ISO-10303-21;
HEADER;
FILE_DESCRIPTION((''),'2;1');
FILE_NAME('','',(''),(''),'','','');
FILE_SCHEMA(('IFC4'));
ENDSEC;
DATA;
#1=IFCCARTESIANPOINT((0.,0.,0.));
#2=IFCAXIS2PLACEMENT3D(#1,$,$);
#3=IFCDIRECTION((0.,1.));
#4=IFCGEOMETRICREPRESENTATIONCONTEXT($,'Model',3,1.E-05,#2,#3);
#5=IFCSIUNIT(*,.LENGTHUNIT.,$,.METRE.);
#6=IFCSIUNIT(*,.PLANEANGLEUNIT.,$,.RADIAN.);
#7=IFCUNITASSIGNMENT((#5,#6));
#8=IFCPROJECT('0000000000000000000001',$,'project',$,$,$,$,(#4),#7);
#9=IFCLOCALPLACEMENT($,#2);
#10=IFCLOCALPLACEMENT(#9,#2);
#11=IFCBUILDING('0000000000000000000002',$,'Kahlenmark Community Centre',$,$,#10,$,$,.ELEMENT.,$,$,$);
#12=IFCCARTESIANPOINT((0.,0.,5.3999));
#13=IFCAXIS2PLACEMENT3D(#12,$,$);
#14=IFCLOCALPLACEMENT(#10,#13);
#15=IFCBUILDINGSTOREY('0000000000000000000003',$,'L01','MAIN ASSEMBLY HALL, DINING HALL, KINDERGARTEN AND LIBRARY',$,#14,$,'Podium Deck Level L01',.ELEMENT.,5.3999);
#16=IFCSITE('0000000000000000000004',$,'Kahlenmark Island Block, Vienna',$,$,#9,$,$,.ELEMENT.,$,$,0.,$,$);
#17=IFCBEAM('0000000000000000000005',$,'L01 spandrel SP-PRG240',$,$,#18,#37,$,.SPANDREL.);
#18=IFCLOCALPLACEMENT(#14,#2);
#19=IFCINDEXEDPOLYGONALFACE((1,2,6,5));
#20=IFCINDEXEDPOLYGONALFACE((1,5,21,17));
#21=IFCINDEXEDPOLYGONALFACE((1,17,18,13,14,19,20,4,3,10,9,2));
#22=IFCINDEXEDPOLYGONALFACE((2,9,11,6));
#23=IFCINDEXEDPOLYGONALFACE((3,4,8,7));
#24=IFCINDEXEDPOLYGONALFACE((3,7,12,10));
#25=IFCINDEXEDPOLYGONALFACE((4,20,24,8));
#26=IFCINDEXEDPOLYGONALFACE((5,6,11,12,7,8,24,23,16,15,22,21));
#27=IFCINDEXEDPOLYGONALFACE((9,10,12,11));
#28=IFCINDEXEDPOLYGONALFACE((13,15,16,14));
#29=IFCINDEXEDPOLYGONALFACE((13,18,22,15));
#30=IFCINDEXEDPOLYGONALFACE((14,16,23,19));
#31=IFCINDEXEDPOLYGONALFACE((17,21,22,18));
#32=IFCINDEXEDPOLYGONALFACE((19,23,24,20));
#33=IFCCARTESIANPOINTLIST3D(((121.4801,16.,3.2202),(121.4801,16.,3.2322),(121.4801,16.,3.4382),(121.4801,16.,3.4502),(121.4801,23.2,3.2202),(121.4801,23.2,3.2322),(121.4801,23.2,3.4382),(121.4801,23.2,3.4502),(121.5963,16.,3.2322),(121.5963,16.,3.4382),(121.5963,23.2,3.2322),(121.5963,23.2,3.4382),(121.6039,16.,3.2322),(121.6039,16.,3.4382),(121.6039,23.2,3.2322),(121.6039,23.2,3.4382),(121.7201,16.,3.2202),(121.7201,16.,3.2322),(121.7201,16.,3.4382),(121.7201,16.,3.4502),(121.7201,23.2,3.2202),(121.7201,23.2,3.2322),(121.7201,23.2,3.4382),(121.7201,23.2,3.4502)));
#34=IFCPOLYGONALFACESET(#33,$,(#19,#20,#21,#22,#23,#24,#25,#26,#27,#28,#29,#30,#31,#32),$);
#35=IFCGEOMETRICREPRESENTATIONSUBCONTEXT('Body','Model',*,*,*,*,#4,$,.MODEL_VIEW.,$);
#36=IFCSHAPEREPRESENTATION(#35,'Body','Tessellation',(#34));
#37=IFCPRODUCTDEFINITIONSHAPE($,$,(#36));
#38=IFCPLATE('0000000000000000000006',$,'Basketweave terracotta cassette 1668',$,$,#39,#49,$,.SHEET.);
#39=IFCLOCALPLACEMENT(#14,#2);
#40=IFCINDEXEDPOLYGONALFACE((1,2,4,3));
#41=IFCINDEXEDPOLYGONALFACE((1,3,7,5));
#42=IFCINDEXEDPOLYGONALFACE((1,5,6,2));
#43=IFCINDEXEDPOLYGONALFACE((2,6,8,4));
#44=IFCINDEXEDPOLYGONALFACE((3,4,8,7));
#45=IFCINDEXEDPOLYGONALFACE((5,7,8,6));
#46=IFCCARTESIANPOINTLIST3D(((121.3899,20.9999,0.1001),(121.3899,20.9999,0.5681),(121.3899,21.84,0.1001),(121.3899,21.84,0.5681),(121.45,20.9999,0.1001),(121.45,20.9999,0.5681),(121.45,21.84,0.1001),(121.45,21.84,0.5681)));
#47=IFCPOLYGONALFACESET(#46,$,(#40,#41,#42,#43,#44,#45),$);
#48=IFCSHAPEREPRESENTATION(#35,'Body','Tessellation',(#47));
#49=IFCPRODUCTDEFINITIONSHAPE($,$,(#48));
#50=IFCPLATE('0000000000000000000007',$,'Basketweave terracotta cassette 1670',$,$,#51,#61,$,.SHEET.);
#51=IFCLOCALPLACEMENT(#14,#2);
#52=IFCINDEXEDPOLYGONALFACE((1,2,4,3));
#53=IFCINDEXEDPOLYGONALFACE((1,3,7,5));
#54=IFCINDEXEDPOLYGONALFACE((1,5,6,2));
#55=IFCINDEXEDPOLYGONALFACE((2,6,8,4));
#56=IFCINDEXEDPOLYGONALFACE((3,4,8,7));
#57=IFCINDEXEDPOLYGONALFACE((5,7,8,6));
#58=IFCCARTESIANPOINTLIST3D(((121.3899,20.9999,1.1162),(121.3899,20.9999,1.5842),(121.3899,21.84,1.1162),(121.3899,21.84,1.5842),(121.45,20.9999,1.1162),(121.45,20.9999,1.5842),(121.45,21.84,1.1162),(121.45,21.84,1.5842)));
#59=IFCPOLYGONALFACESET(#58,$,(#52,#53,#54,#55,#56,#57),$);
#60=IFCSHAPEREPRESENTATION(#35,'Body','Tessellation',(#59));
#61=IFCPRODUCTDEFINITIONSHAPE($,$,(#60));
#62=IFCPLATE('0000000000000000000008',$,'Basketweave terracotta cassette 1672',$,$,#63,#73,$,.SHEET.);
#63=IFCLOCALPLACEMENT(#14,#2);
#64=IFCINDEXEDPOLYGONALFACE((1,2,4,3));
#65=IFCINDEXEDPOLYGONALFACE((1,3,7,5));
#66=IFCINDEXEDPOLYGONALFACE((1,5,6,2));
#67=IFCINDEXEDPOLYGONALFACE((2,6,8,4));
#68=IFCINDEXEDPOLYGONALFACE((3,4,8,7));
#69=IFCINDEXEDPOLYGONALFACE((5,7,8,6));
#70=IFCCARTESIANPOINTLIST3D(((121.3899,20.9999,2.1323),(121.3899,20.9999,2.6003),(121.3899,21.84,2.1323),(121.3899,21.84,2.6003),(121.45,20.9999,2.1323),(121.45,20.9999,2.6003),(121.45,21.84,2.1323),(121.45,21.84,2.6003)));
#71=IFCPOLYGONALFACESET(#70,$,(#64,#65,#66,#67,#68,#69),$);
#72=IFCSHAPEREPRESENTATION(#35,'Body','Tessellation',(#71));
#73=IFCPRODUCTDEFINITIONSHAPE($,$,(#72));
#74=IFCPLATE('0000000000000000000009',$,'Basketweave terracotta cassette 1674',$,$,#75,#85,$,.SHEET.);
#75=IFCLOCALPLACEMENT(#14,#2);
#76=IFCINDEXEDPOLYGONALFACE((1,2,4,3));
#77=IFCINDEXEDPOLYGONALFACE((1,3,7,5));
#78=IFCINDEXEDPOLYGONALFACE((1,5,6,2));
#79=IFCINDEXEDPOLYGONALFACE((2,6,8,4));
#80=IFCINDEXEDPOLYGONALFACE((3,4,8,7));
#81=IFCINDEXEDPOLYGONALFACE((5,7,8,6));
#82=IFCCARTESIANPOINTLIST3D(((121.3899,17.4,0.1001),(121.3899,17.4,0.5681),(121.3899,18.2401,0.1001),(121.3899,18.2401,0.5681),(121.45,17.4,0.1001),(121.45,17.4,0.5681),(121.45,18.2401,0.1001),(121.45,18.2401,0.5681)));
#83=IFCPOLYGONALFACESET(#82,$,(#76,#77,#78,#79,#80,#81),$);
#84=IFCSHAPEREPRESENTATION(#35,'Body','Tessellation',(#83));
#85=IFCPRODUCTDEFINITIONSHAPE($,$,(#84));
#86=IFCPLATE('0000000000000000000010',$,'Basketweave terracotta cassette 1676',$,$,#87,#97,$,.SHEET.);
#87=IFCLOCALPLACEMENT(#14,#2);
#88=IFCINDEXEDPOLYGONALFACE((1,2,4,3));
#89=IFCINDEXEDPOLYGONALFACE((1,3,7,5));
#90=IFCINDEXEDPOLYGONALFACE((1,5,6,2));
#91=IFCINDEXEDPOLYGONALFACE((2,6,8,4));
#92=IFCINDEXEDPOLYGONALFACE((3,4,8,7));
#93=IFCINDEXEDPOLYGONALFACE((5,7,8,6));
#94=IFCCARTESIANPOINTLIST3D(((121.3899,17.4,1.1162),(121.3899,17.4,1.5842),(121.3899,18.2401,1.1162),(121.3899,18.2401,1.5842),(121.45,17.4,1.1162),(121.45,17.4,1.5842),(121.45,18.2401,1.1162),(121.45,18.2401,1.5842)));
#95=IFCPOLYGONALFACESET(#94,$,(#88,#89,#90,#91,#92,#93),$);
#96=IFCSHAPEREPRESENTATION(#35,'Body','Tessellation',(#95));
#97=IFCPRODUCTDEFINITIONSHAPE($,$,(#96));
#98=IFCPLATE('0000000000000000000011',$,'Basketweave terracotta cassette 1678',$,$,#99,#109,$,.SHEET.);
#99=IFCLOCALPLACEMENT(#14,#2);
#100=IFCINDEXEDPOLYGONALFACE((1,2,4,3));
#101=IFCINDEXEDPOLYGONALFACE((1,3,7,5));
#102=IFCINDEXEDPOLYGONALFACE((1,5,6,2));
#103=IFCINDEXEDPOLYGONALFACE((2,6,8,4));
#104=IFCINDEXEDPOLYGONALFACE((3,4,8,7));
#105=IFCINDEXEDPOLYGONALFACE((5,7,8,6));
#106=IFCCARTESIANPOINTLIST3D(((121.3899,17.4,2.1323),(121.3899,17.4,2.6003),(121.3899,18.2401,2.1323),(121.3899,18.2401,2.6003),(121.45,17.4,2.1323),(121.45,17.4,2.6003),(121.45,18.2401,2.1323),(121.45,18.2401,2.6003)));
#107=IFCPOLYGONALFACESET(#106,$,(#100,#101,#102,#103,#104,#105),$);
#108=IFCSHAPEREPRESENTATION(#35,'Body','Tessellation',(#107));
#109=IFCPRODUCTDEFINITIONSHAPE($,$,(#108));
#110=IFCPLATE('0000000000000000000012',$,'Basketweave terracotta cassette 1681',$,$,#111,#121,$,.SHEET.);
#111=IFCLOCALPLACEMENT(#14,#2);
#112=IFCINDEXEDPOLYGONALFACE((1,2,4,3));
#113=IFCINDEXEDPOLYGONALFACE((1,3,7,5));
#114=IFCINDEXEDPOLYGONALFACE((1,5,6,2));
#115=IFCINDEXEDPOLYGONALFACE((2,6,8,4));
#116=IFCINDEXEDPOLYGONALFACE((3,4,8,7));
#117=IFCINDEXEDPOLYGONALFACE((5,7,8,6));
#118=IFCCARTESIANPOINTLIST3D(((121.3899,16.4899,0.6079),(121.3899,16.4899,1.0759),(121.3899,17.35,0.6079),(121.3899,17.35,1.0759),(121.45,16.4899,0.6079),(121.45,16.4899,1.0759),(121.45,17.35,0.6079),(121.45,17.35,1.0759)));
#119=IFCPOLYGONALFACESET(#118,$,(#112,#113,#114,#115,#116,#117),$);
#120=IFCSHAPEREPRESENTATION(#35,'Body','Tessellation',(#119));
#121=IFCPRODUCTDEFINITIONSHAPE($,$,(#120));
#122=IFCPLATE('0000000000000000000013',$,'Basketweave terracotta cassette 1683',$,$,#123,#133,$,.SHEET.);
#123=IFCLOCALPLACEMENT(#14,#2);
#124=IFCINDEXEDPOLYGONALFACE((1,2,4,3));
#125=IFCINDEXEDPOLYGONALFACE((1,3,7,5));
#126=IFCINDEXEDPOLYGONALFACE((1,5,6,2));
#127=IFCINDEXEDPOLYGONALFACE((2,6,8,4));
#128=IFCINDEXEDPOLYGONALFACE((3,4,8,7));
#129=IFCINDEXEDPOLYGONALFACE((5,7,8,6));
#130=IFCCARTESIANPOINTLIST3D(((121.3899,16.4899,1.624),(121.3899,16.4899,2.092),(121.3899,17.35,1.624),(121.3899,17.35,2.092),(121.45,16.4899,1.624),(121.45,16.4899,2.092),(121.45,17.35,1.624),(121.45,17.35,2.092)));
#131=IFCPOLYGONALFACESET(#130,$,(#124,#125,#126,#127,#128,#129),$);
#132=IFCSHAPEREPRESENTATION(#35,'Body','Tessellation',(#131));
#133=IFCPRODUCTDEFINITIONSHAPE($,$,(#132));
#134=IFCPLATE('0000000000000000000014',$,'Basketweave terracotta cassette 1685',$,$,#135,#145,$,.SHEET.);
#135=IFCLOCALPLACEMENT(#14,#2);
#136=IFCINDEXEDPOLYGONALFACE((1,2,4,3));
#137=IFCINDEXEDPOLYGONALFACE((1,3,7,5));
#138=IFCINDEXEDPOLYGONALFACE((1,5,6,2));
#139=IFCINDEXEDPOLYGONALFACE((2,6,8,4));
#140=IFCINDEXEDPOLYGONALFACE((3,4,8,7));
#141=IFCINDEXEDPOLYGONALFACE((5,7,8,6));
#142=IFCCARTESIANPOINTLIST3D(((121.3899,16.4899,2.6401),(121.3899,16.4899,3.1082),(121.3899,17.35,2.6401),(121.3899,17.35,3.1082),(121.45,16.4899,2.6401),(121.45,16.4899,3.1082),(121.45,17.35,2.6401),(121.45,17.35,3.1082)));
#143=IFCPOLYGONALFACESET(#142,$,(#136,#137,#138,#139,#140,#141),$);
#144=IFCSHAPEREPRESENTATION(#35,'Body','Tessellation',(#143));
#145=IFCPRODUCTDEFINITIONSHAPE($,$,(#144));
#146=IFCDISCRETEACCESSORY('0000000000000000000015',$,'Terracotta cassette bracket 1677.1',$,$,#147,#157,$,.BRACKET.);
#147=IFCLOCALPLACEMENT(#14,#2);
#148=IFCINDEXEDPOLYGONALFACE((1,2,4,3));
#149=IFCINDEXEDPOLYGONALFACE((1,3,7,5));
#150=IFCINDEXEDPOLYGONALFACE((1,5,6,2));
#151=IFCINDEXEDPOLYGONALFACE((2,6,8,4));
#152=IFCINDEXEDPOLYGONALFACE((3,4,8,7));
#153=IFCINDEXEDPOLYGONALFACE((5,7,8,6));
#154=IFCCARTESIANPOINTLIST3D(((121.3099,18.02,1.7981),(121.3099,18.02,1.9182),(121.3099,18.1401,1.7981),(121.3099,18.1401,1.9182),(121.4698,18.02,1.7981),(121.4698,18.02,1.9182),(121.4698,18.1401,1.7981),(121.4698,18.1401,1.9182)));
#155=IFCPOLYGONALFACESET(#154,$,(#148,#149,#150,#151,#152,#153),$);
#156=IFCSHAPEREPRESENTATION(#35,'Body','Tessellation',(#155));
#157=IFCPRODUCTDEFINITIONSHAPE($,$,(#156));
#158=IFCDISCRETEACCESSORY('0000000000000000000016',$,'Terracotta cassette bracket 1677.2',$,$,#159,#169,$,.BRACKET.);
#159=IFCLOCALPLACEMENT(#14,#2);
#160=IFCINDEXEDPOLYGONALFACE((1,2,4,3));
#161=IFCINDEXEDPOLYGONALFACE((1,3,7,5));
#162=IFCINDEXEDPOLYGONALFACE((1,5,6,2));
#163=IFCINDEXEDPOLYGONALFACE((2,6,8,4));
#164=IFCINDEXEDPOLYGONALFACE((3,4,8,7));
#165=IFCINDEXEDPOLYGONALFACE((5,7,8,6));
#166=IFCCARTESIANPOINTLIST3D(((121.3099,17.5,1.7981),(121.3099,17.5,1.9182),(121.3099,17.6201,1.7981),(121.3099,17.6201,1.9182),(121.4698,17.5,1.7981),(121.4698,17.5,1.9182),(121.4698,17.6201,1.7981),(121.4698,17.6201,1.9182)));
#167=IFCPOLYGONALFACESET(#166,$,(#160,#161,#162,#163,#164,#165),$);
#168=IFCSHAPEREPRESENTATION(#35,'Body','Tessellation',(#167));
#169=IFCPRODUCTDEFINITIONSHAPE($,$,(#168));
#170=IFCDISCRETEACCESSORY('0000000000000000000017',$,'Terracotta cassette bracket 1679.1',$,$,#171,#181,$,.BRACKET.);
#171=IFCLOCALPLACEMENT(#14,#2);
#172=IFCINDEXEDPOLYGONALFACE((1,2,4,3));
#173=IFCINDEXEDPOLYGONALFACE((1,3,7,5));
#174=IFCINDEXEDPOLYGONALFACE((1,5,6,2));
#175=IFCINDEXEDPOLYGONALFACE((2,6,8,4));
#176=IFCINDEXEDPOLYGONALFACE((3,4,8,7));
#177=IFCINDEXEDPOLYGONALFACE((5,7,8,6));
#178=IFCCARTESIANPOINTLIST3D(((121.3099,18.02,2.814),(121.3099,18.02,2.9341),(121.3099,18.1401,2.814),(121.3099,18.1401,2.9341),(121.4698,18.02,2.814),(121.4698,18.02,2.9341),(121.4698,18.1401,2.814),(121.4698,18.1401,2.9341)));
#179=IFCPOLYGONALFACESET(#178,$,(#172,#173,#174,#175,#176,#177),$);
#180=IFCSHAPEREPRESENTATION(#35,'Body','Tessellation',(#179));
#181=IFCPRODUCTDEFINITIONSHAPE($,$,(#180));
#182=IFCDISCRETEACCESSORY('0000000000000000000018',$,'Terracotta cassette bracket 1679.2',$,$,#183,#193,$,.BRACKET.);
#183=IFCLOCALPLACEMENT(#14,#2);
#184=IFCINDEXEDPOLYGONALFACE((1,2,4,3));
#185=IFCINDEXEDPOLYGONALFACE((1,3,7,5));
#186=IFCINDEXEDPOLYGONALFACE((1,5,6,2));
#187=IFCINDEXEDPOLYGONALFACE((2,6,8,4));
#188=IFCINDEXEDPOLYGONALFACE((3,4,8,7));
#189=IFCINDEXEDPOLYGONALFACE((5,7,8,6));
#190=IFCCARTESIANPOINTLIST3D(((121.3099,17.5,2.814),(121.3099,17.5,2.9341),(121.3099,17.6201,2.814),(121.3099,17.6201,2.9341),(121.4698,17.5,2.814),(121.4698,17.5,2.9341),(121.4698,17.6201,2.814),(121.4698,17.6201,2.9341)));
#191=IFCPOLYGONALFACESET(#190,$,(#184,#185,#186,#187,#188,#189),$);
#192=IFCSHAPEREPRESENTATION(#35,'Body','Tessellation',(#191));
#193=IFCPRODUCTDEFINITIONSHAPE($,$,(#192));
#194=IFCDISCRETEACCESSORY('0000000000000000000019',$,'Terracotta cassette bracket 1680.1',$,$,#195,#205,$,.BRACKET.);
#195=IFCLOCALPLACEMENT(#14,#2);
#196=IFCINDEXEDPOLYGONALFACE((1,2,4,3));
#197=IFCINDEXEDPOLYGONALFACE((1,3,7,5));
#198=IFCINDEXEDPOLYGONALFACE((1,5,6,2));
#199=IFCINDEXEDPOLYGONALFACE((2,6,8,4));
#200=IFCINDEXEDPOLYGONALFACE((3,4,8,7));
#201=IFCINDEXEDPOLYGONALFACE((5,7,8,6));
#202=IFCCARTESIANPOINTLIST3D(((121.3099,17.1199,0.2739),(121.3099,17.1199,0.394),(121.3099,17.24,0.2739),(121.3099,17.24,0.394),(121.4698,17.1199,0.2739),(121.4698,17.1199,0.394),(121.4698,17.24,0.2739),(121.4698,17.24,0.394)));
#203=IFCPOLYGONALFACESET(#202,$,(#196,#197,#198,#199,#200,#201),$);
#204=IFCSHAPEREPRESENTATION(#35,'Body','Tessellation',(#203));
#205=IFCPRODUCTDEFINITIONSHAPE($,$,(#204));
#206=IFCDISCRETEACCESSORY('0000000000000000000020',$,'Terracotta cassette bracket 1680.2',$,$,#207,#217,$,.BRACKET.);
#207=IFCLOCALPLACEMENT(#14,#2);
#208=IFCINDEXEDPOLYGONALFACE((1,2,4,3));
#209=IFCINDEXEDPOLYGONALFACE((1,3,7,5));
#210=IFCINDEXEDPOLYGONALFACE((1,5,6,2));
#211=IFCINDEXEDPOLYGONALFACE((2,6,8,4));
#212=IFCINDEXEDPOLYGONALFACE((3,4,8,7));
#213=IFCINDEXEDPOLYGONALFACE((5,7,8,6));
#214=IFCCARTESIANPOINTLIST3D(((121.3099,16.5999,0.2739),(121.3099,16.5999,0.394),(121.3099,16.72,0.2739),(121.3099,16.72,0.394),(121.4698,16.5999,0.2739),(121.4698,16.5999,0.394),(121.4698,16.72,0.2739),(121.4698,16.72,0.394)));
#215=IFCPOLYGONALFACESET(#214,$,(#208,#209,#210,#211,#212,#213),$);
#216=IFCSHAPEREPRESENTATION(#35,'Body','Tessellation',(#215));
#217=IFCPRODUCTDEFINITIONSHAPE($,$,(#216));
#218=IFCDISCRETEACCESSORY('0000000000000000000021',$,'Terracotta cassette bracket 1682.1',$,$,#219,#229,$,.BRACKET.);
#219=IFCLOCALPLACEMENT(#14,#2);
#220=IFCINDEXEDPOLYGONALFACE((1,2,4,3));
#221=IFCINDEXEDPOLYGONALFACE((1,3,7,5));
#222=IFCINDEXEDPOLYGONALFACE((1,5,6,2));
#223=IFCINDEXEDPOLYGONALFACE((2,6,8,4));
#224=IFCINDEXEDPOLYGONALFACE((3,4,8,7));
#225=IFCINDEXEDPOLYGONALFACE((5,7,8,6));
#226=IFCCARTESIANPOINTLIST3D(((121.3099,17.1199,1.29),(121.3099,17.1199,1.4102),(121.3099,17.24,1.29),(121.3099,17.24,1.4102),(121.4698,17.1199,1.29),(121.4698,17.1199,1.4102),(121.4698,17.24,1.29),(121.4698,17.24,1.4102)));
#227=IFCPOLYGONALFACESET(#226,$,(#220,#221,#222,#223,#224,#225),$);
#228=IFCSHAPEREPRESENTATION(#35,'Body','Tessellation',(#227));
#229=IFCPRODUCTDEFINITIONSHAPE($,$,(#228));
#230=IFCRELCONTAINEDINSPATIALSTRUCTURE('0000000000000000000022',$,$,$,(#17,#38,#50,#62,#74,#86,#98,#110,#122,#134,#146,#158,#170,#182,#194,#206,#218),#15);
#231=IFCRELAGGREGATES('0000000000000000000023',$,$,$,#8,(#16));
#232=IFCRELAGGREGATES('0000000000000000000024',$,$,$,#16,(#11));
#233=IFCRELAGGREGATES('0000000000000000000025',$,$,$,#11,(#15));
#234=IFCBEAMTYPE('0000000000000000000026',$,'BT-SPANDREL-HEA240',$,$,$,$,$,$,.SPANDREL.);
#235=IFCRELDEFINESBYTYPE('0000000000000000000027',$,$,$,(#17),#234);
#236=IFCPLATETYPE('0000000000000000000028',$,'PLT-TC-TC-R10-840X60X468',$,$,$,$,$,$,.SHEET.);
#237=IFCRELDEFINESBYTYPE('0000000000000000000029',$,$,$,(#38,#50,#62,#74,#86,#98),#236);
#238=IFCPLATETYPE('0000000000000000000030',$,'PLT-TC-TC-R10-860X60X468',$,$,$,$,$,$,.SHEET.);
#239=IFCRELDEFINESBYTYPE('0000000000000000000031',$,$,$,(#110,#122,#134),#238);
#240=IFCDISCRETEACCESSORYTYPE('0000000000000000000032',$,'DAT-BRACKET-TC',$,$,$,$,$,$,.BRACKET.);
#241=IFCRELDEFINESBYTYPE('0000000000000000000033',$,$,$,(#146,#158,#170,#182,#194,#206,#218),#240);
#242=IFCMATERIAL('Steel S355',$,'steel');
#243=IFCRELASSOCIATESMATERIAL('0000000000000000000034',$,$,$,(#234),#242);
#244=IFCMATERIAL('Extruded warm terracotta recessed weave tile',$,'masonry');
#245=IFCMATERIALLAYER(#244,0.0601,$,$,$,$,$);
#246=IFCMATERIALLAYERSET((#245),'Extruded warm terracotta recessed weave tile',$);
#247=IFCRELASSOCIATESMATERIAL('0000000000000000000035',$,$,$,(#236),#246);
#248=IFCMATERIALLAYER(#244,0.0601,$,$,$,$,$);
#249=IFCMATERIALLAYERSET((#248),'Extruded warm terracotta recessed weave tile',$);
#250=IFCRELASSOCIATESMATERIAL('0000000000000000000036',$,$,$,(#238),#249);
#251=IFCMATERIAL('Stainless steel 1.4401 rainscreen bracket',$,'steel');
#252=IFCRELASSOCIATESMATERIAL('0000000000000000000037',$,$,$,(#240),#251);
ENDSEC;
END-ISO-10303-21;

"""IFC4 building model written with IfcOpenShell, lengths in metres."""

from ifc_helpers import new_model, si_unit, direction, frame, origin, origin_2d, place, context, subcontext, project, spatial, rectangle, i_section, extrude, material, layer, layer_set, material_profile, profile_set, type_object, element, save


model = new_model("IFC4")

# Units and contexts
model_context = context("Model", 3, precision=1e-05, world=origin(), true_north=direction((0.0, 1.0)))
body_context = subcontext(model_context, "Body", "Model", "MODEL_VIEW")
ifc_project = project(units=[si_unit("LENGTHUNIT", "METRE"), si_unit("PLANEANGLEUNIT", "RADIAN")], contexts=[model_context])

# Site, building, storey
site_placement = place(None, origin())
site = spatial("IfcSite", under=ifc_project, at=site_placement, Name="Kahlenmark Island Block, Vienna", CompositionType="ELEMENT", RefElevation=0.0)
building_placement = place(site_placement, origin())
building = spatial("IfcBuilding", under=site, at=building_placement, Name="Kahlenmark Community Centre", CompositionType="ELEMENT")
storey_placement = place(building_placement, frame((0.0, 0.0, 5.3999)))
storey = spatial("IfcBuildingStorey", under=building, at=storey_placement, Name="L01", Description="MAIN ASSEMBLY HALL, DINING HALL, KINDERGARTEN AND LIBRARY", LongName="Podium Deck Level L01", CompositionType="ELEMENT", Elevation=5.3999)

# Beam
ifc_material_1 = material(Name="Steel S355", Category="steel")
ifc_material_profile = material_profile(ifc_material_1, i_section(OverallWidth=0.24, OverallDepth=0.23, WebThickness=0.0076, FlangeThickness=0.012, at=origin_2d()), Name="HEA 240")
ifc_profile_set = profile_set([ifc_material_profile], Name="Steel S355")
beam_type = type_object("IfcBeamType", Name="BT-SPANDREL-HEA240", PredefinedType="SPANDREL", material=ifc_profile_set)
beam_placement = place(storey_placement, frame((121.6001, 16.0, 3.3352), z_axis=(0.0, 1.0, 0.0), x_axis=(-1.0, 0.0, 0.0)))
element("IfcBeam", 1, at=beam_placement, inside=storey, type_object=beam_type, Name="L01 spandrel SP-PRG240", PredefinedType="SPANDREL", context=body_context, shape_type="SweptSolid", body=[
    extrude(i_section(OverallWidth=0.24, OverallDepth=0.23, WebThickness=0.0076, FlangeThickness=0.012, at=origin_2d()), origin(), (0.0, 0.0, 1.0), 7.2),
])

# Plates
ifc_material_2 = material(Name="Extruded warm terracotta recessed weave tile", Category="masonry")
ifc_layer_1 = layer(ifc_material_2, 0.0601)
ifc_layer_set_1 = layer_set([ifc_layer_1], Name="Extruded warm terracotta recessed weave tile")
plate_type_1 = type_object("IfcPlateType", Name="PLT-TC-TC-R10-840X60X468", PredefinedType="SHEET", material=ifc_layer_set_1)
for number, where, z_axis, x_axis, name in (
    (2, (121.4199, 21.4199, 0.1001), (0.0, 0.0, 1.0), (0.0, -1.0, 0.0), "Basketweave terracotta cassette 1668"),
    (3, (121.4199, 21.4199, 1.1162), (0.0, 0.0, 1.0), (0.0, -1.0, 0.0), "Basketweave terracotta cassette 1670"),
    (4, (121.4199, 21.4199, 2.1323), (0.0, 0.0, 1.0), (0.0, -1.0, 0.0), "Basketweave terracotta cassette 1672"),
    (5, (121.4199, 17.8201, 0.1001), (0.0, 0.0, 1.0), (0.0, -1.0, 0.0), "Basketweave terracotta cassette 1674"),
    (6, (121.4199, 17.8201, 1.1162), (0.0, 0.0, 1.0), (0.0, -1.0, 0.0), "Basketweave terracotta cassette 1676"),
    (7, (121.4199, 17.8201, 2.1323), (0.0, 0.0, 1.0), (0.0, -1.0, 0.0), "Basketweave terracotta cassette 1678"),
):
    element("IfcPlate", number, at=place(storey_placement, frame(where, z_axis=z_axis, x_axis=x_axis)), inside=storey, type_object=plate_type_1, Name=name, PredefinedType="SHEET", context=body_context, shape_type="SweptSolid", body=[
        extrude(rectangle(XDim=0.8401, YDim=0.0601, at=origin_2d()), origin(), (0.0, 0.0, 1.0), 0.468),
    ])
ifc_layer_2 = layer(ifc_material_2, 0.0601)
ifc_layer_set_2 = layer_set([ifc_layer_2], Name="Extruded warm terracotta recessed weave tile")
plate_type_2 = type_object("IfcPlateType", Name="PLT-TC-TC-R10-860X60X468", PredefinedType="SHEET", material=ifc_layer_set_2)
for number, where, z_axis, x_axis, name in (
    (8, (121.4199, 16.9199, 0.6079), (0.0, 0.0, 1.0), (0.0, -1.0, 0.0), "Basketweave terracotta cassette 1681"),
    (9, (121.4199, 16.9199, 1.624), (0.0, 0.0, 1.0), (0.0, -1.0, 0.0), "Basketweave terracotta cassette 1683"),
    (10, (121.4199, 16.9199, 2.6401), (0.0, 0.0, 1.0), (0.0, -1.0, 0.0), "Basketweave terracotta cassette 1685"),
):
    element("IfcPlate", number, at=place(storey_placement, frame(where, z_axis=z_axis, x_axis=x_axis)), inside=storey, type_object=plate_type_2, Name=name, PredefinedType="SHEET", context=body_context, shape_type="SweptSolid", body=[
        extrude(rectangle(XDim=0.8601, YDim=0.0601, at=origin_2d()), origin(), (0.0, 0.0, 1.0), 0.468),
    ])

# Discrete accessories
ifc_material_3 = material(Name="Stainless steel 1.4401 rainscreen bracket", Category="steel")
discrete_accessory_type = type_object("IfcDiscreteAccessoryType", Name="DAT-BRACKET-TC", PredefinedType="BRACKET", material=ifc_material_3)
for number, where, z_axis, x_axis, name in (
    (11, (121.3899, 18.0801, 1.7981), (0.0, 0.0, 1.0), (0.0, -1.0, 0.0), "Terracotta cassette bracket 1677.1"),
    (12, (121.3899, 17.5601, 1.7981), (0.0, 0.0, 1.0), (0.0, -1.0, 0.0), "Terracotta cassette bracket 1677.2"),
    (13, (121.3899, 18.0801, 2.814), (0.0, 0.0, 1.0), (0.0, -1.0, 0.0), "Terracotta cassette bracket 1679.1"),
    (14, (121.3899, 17.5601, 2.814), (0.0, 0.0, 1.0), (0.0, -1.0, 0.0), "Terracotta cassette bracket 1679.2"),
    (15, (121.3899, 17.1799, 0.2739), (0.0, 0.0, 1.0), (0.0, -1.0, 0.0), "Terracotta cassette bracket 1680.1"),
    (16, (121.3899, 16.6599, 0.2739), (0.0, 0.0, 1.0), (0.0, -1.0, 0.0), "Terracotta cassette bracket 1680.2"),
    (17, (121.3899, 17.1799, 1.29), (0.0, 0.0, 1.0), (0.0, -1.0, 0.0), "Terracotta cassette bracket 1682.1"),
):
    element("IfcDiscreteAccessory", number, at=place(storey_placement, frame(where, z_axis=z_axis, x_axis=x_axis)), inside=storey, type_object=discrete_accessory_type, Name=name, PredefinedType="BRACKET", context=body_context, shape_type="SweptSolid", body=[
        extrude(rectangle(XDim=0.1201, YDim=0.1599, at=origin_2d()), origin(), (0.0, 0.0, 1.0), 0.1201),
    ])

save(model, "model.ifc")
